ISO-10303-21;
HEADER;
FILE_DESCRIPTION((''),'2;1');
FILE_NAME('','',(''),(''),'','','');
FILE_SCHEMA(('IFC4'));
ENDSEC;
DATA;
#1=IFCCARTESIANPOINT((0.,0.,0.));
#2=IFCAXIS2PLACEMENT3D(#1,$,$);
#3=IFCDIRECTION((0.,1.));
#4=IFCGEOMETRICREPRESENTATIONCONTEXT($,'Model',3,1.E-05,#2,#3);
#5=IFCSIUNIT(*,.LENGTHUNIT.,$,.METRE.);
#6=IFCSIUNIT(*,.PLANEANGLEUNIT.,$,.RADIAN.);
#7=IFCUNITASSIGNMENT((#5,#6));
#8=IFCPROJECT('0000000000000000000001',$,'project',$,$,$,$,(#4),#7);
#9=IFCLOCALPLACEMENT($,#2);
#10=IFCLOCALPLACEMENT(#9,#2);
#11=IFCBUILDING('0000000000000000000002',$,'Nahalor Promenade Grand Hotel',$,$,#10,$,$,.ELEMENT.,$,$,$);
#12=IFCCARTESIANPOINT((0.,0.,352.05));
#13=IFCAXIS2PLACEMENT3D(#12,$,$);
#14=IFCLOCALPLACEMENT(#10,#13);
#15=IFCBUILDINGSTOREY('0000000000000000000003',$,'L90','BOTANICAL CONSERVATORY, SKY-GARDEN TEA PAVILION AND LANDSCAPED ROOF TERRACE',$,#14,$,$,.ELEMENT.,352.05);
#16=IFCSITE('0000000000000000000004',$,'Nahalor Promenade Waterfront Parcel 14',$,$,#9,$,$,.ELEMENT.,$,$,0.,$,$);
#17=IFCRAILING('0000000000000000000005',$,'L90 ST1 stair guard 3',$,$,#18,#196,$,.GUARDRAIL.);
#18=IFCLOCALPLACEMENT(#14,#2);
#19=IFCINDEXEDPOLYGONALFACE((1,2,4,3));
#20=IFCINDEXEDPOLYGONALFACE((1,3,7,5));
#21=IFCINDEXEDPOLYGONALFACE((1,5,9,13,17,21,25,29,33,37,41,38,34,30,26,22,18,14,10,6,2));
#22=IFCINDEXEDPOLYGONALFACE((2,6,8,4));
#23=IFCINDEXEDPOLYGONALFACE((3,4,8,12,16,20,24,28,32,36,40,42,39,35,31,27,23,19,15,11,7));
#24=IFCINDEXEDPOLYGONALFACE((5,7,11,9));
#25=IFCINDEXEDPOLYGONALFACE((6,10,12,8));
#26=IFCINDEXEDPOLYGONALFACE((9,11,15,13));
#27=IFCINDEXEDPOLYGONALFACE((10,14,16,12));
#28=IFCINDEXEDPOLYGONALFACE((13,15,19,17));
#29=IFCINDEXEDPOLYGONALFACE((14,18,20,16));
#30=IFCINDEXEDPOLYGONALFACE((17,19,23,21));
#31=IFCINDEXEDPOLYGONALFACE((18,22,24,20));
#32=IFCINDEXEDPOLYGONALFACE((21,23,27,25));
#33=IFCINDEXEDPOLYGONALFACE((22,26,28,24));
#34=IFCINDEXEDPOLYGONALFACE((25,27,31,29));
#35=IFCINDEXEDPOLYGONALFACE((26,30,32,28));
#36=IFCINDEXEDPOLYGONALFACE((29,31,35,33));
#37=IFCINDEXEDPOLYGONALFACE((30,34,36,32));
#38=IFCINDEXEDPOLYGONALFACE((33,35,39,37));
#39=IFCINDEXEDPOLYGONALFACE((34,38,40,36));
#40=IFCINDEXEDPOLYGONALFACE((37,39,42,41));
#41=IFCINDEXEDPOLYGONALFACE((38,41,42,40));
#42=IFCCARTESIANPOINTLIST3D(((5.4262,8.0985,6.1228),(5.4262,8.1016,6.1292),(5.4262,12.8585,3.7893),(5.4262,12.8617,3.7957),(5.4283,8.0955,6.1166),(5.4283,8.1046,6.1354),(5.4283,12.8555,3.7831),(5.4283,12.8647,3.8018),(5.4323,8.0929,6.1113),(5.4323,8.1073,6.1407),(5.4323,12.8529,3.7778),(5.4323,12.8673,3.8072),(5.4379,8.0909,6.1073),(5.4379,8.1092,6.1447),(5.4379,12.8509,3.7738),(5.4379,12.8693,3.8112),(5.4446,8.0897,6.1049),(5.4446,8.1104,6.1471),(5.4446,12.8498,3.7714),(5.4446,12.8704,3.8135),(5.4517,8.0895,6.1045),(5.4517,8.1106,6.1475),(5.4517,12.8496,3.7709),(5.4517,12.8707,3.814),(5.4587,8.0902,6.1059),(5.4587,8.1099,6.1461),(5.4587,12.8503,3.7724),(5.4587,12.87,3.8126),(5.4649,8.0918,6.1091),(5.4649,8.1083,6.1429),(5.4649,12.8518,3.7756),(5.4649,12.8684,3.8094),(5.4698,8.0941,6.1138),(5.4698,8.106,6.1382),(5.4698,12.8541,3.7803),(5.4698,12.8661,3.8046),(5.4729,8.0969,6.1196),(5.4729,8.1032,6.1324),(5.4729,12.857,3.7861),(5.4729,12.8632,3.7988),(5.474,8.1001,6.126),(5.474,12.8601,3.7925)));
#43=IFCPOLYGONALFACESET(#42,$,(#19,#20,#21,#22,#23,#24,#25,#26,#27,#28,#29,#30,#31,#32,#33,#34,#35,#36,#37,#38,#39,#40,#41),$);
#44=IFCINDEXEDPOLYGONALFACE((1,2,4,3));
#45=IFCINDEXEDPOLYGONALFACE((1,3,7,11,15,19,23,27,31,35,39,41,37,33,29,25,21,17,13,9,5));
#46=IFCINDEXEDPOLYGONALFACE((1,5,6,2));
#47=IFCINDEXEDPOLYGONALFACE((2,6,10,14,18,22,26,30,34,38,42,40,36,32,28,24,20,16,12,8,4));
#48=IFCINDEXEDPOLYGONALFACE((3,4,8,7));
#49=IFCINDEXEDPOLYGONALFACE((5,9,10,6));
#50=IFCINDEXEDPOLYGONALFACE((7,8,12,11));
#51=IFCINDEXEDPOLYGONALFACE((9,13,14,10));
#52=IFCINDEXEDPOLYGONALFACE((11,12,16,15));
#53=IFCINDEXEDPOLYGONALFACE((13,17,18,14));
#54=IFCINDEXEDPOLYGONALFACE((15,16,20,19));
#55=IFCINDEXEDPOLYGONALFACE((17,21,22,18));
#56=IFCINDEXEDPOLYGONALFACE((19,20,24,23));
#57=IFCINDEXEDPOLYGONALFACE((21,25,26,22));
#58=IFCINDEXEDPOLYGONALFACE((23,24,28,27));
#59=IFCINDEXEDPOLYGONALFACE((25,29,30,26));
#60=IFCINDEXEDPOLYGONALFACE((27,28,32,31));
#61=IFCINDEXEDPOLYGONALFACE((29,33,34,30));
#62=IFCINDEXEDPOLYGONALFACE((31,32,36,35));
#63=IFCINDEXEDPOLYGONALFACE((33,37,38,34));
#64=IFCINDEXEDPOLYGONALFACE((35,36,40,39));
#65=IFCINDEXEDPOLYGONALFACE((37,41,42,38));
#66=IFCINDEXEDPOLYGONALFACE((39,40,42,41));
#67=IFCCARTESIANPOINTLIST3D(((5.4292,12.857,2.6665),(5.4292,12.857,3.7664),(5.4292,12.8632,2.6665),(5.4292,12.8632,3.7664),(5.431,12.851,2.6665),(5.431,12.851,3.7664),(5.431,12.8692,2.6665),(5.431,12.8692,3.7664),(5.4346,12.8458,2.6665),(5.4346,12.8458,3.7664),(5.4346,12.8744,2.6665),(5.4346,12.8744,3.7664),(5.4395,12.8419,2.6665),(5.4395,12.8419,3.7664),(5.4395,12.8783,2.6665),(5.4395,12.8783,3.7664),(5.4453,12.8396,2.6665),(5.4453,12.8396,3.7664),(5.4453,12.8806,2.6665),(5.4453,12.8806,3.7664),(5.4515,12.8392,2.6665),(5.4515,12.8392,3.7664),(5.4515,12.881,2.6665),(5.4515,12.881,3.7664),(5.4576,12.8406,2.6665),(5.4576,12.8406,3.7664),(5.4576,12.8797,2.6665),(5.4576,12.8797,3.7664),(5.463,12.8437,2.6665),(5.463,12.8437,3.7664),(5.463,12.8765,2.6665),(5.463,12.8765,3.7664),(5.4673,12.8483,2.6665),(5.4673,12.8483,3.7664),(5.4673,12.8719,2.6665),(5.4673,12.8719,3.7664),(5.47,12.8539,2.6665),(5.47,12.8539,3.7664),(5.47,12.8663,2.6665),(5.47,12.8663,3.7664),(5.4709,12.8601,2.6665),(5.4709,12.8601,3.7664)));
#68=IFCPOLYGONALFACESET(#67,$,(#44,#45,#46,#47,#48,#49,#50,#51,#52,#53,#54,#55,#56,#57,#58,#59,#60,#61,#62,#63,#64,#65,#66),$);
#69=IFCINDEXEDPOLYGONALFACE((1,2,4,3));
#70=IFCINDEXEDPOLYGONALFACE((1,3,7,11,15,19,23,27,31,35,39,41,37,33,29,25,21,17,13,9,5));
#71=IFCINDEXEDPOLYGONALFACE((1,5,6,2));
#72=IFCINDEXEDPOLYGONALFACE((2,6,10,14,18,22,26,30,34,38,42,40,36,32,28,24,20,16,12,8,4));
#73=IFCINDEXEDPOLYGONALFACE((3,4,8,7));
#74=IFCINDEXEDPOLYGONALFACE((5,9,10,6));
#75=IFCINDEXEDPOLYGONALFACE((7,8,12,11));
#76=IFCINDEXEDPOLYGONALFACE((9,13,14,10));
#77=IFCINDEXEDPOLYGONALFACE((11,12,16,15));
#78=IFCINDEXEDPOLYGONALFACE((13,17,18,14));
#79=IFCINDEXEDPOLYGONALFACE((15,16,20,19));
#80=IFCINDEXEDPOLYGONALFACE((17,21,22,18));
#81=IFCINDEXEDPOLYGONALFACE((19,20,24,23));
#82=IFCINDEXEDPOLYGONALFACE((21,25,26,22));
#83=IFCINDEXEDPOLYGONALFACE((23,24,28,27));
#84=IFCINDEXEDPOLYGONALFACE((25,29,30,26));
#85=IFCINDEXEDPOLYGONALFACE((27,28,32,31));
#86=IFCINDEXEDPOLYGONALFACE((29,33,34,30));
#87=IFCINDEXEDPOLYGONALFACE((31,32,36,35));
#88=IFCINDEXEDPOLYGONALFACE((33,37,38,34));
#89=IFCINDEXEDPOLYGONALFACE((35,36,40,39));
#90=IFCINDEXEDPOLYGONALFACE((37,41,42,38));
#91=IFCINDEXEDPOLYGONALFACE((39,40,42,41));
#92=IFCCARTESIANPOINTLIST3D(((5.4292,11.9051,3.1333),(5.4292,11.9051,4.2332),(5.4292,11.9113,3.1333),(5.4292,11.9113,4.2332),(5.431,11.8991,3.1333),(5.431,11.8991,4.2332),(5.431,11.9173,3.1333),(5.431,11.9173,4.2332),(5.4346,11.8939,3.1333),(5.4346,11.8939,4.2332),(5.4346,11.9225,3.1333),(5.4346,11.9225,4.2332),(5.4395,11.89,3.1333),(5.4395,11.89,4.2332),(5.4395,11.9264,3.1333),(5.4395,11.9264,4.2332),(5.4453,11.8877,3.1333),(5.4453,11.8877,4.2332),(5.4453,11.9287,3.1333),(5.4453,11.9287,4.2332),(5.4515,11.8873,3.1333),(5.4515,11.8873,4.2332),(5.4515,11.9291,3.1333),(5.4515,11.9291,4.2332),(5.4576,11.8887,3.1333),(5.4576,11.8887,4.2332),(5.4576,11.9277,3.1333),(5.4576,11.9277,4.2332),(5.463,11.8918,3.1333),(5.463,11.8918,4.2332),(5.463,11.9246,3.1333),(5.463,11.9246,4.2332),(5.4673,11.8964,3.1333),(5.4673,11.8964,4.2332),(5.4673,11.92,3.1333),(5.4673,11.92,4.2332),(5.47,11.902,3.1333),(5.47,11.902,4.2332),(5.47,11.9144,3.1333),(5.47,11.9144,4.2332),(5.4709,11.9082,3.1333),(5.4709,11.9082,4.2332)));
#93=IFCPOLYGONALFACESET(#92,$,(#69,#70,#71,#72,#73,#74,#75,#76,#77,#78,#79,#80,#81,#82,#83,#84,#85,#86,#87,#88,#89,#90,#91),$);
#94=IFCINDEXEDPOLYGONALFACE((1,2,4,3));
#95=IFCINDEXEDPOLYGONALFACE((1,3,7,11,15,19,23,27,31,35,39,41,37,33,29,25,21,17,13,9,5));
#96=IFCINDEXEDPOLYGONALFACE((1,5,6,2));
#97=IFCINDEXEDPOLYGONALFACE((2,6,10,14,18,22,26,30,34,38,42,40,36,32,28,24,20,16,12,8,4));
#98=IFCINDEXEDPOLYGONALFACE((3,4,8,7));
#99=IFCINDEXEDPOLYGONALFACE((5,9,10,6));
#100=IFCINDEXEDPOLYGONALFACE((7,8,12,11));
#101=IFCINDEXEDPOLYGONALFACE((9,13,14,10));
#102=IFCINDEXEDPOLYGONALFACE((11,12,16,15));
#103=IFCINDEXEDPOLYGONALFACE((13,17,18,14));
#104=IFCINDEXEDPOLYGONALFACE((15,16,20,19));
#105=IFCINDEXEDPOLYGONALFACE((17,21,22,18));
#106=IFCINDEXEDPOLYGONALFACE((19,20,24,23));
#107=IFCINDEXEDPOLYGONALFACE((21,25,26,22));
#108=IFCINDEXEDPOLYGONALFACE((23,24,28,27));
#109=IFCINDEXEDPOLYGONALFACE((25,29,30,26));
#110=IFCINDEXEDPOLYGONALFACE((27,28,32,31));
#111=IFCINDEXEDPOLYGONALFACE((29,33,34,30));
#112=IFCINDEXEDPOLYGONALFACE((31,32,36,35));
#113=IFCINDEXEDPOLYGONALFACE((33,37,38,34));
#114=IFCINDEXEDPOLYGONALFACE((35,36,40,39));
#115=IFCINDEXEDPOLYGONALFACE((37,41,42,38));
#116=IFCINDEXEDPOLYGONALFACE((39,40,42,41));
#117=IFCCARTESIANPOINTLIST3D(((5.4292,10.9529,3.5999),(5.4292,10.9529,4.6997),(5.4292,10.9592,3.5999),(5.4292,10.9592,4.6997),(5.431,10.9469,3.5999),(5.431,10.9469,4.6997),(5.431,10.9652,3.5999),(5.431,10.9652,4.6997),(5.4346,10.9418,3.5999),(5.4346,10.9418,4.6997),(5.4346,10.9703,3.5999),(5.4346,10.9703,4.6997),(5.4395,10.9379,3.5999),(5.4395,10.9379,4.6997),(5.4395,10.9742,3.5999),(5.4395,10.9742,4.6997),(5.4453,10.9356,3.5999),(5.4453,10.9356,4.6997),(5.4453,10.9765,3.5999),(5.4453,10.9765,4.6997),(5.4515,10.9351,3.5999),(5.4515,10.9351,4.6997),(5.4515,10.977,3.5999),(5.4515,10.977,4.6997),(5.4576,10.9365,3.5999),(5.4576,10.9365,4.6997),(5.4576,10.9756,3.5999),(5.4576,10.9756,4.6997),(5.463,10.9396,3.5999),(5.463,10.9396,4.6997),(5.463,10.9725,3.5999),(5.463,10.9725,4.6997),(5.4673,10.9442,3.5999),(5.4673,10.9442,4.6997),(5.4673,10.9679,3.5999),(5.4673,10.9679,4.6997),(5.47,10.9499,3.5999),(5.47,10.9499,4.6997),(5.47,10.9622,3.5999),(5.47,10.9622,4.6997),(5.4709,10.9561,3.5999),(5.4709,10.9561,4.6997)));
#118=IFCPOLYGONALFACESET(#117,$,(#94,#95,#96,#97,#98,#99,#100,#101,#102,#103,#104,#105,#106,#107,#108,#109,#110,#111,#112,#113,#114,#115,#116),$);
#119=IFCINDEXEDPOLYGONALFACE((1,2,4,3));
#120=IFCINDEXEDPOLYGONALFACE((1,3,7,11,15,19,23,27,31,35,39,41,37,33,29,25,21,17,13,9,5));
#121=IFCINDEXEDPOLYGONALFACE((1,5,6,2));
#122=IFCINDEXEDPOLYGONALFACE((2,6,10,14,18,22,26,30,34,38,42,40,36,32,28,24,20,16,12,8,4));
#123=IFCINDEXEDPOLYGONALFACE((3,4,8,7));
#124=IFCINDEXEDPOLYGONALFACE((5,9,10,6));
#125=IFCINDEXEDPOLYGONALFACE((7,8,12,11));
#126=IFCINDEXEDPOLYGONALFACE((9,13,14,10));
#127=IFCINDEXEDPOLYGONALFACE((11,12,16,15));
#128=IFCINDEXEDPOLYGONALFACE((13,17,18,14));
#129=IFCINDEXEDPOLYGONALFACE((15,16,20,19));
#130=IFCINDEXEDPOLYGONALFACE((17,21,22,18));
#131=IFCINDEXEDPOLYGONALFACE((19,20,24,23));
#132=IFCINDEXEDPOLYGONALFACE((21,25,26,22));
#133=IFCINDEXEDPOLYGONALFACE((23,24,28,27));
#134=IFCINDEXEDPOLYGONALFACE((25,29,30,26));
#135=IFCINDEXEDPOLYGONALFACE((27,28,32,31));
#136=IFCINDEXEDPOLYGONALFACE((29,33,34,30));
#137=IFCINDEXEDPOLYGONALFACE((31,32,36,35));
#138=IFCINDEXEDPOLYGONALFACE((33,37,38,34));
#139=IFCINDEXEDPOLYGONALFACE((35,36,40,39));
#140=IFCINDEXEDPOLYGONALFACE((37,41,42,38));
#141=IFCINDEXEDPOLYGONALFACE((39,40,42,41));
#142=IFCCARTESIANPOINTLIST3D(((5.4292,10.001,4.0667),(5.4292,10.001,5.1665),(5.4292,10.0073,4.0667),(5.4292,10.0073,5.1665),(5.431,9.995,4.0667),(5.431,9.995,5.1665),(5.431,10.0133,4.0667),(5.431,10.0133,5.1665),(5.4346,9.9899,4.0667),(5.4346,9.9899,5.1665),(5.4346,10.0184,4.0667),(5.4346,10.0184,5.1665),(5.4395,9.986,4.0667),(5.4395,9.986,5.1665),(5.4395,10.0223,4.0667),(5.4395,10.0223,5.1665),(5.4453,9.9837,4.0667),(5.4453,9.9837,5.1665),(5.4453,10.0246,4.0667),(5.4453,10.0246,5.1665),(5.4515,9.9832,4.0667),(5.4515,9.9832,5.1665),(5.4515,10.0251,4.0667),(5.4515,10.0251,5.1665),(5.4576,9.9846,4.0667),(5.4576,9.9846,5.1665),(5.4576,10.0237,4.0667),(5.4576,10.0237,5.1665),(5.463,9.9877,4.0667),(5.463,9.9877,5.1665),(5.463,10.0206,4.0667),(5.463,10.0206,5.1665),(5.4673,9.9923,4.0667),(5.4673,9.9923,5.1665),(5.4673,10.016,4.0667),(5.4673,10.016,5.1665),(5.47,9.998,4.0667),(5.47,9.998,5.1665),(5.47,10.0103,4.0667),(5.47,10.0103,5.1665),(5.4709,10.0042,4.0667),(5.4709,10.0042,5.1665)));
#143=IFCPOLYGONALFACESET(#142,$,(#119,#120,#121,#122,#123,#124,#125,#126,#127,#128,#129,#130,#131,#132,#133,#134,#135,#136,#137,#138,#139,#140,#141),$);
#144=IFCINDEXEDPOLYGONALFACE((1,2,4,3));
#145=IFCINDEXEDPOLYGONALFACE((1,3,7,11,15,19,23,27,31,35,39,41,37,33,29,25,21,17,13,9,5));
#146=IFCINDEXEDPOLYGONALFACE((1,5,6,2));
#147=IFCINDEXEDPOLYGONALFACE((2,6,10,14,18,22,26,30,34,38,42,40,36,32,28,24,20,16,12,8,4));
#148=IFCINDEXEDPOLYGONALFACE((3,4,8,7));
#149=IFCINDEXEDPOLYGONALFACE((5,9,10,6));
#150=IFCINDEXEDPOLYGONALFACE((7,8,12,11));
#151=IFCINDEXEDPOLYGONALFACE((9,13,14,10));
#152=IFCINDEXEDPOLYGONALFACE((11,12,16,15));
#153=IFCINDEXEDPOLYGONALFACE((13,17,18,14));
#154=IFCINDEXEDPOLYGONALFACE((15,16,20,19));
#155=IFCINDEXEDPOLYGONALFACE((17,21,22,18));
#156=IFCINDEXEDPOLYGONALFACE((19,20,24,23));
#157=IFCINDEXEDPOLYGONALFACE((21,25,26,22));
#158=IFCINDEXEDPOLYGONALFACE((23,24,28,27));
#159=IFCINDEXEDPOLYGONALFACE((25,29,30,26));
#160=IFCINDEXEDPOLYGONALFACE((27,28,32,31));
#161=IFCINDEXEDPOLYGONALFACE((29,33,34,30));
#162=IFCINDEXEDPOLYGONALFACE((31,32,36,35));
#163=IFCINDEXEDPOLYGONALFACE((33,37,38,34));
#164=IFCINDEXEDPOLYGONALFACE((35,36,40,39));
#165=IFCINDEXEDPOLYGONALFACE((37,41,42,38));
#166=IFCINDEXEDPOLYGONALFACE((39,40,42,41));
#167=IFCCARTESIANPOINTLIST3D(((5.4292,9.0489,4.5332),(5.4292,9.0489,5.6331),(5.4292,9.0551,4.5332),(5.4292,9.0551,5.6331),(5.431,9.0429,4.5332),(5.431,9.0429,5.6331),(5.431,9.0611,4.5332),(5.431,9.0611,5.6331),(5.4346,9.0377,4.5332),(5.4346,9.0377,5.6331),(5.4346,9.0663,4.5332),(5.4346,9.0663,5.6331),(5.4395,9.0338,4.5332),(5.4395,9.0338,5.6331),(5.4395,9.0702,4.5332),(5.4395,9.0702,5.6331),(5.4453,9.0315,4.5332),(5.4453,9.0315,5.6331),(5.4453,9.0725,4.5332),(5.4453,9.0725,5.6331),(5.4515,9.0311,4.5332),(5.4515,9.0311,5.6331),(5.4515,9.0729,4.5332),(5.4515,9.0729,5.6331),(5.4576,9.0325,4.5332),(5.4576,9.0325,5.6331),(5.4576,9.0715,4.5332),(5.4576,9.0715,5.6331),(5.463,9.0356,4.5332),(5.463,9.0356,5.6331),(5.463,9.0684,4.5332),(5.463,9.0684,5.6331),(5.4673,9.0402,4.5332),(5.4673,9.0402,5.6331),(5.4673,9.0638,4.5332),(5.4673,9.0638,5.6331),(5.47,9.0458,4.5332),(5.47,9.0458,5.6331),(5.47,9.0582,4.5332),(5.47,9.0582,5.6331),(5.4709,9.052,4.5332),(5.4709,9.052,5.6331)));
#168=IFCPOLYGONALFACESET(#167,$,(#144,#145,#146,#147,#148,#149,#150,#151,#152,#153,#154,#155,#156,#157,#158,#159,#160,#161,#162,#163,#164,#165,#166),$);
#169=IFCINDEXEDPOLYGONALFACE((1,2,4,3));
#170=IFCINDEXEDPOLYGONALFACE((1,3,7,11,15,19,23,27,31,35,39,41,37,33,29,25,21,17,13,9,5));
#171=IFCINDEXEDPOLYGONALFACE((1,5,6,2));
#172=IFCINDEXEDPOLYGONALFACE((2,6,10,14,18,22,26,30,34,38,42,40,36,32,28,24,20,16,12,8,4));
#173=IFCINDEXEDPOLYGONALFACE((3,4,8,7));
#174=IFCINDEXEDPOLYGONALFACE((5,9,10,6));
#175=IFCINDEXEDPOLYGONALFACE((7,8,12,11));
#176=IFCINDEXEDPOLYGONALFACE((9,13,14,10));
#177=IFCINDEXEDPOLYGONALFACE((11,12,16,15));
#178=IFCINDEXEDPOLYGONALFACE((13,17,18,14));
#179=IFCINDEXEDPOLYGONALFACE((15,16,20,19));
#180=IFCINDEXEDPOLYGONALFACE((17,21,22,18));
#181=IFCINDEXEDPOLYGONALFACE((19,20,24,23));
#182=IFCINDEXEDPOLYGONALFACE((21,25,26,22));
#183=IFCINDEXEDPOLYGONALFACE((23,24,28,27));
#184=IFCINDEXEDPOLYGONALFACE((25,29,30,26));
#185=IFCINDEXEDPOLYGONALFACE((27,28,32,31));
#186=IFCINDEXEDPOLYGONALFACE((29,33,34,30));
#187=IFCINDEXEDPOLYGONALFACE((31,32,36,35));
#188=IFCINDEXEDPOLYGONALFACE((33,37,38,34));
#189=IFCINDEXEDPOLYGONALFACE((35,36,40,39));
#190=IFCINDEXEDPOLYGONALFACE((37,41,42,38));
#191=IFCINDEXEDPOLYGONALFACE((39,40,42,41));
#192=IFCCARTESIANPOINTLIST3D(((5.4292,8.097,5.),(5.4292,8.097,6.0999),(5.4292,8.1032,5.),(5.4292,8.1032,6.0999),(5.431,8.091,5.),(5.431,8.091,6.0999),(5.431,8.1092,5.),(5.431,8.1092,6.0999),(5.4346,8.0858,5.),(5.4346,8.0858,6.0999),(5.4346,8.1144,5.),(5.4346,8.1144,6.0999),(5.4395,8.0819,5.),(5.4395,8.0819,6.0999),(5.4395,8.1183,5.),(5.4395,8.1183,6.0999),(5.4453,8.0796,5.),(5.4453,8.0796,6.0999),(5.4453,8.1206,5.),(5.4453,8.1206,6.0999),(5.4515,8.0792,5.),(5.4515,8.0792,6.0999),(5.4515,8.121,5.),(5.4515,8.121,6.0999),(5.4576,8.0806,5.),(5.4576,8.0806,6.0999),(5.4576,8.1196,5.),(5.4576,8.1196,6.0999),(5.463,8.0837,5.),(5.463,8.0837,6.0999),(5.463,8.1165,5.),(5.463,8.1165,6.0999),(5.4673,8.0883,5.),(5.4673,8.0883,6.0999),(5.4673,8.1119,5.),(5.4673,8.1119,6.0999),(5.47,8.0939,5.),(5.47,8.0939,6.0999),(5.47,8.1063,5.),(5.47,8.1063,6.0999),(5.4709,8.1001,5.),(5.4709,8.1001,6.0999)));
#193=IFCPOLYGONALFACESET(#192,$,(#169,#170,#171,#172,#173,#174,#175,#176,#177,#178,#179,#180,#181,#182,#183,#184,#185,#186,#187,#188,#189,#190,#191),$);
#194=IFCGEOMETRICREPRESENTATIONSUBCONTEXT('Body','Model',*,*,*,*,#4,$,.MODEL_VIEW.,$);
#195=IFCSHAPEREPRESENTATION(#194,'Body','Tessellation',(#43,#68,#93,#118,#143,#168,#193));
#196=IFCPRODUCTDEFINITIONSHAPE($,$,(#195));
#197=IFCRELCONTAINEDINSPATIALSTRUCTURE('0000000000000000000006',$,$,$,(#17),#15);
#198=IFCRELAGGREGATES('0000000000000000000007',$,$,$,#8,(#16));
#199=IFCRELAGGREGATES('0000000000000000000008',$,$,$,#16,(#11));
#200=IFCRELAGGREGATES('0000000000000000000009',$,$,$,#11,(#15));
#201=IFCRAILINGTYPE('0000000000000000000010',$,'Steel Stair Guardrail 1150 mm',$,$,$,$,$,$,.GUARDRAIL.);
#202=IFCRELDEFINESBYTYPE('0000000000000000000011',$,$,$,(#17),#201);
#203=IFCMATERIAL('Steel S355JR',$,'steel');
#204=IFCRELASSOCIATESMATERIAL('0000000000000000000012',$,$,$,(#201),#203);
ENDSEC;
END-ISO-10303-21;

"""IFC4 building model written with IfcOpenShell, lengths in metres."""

from ifc_helpers import new_model, si_unit, direction, frame, origin, origin_2d, place, context, subcontext, project, spatial, circle, extrude, material, type_object, element, save


model = new_model("IFC4")

# Units and contexts
model_context = context("Model", 3, precision=1e-05, world=origin(), true_north=direction((0.0, 1.0)))
body_context = subcontext(model_context, "Body", "Model", "MODEL_VIEW")
ifc_project = project(units=[si_unit("LENGTHUNIT", "METRE"), si_unit("PLANEANGLEUNIT", "RADIAN")], contexts=[model_context])

# Site, building, storey
site_placement = place(None, origin())
site = spatial("IfcSite", under=ifc_project, at=site_placement, Name="Nahalor Promenade Waterfront Parcel 14", CompositionType="ELEMENT", RefElevation=0.0)
building_placement = place(site_placement, origin())
building = spatial("IfcBuilding", under=site, at=building_placement, Name="Nahalor Promenade Grand Hotel", CompositionType="ELEMENT")
storey_placement = place(building_placement, frame((0.0, 0.0, 352.05)))
storey = spatial("IfcBuildingStorey", under=building, at=storey_placement, Name="L90", Description="BOTANICAL CONSERVATORY, SKY-GARDEN TEA PAVILION AND LANDSCAPED ROOF TERRACE", CompositionType="ELEMENT", Elevation=352.05)

# Shared definitions
ifc_material_1 = material(Name="Steel S355JR", Category="steel")

# Railing
railing_type_1 = type_object("IfcRailingType", Name="Steel Stair Guardrail 1150 mm", PredefinedType="GUARDRAIL", material=ifc_material_1)
railing_1_placement = place(storey_placement, frame((5.45, 12.8601, 2.6665)))
element("IfcRailing", 1, at=railing_1_placement, inside=storey, type_object=railing_type_1, Name="L90 ST1 stair guard 3", PredefinedType="GUARDRAIL", context=body_context, shape_type="SweptSolid", body=[
    extrude(circle(Radius=0.024, at=origin_2d()), frame((0.0, 0.0, 1.126), z_axis=(0.0, -0.897909, 0.440181), x_axis=(1.0, 0.0, 0.0)), (0.0, 0.0, 1.0), 5.3013),
    extrude(circle(Radius=0.021, at=origin_2d()), origin(), (0.0, 0.0, 1.0), 1.0999),
    extrude(circle(Radius=0.021, at=origin_2d()), frame((0.0, -0.9519, 0.4668)), (0.0, 0.0, 1.0), 1.0999),
    extrude(circle(Radius=0.021, at=origin_2d()), frame((0.0, -1.9041, 0.9333)), (0.0, 0.0, 1.0), 1.0999),
    extrude(circle(Radius=0.021, at=origin_2d()), frame((0.0, -2.856, 1.4001)), (0.0, 0.0, 1.0), 1.0999),
    extrude(circle(Radius=0.021, at=origin_2d()), frame((0.0, -3.8081, 1.8667)), (0.0, 0.0, 1.0), 1.0999),
    extrude(circle(Radius=0.021, at=origin_2d()), frame((0.0, -4.76, 2.3335)), (0.0, 0.0, 1.0), 1.0999),
])

save(model, "model.ifc")
